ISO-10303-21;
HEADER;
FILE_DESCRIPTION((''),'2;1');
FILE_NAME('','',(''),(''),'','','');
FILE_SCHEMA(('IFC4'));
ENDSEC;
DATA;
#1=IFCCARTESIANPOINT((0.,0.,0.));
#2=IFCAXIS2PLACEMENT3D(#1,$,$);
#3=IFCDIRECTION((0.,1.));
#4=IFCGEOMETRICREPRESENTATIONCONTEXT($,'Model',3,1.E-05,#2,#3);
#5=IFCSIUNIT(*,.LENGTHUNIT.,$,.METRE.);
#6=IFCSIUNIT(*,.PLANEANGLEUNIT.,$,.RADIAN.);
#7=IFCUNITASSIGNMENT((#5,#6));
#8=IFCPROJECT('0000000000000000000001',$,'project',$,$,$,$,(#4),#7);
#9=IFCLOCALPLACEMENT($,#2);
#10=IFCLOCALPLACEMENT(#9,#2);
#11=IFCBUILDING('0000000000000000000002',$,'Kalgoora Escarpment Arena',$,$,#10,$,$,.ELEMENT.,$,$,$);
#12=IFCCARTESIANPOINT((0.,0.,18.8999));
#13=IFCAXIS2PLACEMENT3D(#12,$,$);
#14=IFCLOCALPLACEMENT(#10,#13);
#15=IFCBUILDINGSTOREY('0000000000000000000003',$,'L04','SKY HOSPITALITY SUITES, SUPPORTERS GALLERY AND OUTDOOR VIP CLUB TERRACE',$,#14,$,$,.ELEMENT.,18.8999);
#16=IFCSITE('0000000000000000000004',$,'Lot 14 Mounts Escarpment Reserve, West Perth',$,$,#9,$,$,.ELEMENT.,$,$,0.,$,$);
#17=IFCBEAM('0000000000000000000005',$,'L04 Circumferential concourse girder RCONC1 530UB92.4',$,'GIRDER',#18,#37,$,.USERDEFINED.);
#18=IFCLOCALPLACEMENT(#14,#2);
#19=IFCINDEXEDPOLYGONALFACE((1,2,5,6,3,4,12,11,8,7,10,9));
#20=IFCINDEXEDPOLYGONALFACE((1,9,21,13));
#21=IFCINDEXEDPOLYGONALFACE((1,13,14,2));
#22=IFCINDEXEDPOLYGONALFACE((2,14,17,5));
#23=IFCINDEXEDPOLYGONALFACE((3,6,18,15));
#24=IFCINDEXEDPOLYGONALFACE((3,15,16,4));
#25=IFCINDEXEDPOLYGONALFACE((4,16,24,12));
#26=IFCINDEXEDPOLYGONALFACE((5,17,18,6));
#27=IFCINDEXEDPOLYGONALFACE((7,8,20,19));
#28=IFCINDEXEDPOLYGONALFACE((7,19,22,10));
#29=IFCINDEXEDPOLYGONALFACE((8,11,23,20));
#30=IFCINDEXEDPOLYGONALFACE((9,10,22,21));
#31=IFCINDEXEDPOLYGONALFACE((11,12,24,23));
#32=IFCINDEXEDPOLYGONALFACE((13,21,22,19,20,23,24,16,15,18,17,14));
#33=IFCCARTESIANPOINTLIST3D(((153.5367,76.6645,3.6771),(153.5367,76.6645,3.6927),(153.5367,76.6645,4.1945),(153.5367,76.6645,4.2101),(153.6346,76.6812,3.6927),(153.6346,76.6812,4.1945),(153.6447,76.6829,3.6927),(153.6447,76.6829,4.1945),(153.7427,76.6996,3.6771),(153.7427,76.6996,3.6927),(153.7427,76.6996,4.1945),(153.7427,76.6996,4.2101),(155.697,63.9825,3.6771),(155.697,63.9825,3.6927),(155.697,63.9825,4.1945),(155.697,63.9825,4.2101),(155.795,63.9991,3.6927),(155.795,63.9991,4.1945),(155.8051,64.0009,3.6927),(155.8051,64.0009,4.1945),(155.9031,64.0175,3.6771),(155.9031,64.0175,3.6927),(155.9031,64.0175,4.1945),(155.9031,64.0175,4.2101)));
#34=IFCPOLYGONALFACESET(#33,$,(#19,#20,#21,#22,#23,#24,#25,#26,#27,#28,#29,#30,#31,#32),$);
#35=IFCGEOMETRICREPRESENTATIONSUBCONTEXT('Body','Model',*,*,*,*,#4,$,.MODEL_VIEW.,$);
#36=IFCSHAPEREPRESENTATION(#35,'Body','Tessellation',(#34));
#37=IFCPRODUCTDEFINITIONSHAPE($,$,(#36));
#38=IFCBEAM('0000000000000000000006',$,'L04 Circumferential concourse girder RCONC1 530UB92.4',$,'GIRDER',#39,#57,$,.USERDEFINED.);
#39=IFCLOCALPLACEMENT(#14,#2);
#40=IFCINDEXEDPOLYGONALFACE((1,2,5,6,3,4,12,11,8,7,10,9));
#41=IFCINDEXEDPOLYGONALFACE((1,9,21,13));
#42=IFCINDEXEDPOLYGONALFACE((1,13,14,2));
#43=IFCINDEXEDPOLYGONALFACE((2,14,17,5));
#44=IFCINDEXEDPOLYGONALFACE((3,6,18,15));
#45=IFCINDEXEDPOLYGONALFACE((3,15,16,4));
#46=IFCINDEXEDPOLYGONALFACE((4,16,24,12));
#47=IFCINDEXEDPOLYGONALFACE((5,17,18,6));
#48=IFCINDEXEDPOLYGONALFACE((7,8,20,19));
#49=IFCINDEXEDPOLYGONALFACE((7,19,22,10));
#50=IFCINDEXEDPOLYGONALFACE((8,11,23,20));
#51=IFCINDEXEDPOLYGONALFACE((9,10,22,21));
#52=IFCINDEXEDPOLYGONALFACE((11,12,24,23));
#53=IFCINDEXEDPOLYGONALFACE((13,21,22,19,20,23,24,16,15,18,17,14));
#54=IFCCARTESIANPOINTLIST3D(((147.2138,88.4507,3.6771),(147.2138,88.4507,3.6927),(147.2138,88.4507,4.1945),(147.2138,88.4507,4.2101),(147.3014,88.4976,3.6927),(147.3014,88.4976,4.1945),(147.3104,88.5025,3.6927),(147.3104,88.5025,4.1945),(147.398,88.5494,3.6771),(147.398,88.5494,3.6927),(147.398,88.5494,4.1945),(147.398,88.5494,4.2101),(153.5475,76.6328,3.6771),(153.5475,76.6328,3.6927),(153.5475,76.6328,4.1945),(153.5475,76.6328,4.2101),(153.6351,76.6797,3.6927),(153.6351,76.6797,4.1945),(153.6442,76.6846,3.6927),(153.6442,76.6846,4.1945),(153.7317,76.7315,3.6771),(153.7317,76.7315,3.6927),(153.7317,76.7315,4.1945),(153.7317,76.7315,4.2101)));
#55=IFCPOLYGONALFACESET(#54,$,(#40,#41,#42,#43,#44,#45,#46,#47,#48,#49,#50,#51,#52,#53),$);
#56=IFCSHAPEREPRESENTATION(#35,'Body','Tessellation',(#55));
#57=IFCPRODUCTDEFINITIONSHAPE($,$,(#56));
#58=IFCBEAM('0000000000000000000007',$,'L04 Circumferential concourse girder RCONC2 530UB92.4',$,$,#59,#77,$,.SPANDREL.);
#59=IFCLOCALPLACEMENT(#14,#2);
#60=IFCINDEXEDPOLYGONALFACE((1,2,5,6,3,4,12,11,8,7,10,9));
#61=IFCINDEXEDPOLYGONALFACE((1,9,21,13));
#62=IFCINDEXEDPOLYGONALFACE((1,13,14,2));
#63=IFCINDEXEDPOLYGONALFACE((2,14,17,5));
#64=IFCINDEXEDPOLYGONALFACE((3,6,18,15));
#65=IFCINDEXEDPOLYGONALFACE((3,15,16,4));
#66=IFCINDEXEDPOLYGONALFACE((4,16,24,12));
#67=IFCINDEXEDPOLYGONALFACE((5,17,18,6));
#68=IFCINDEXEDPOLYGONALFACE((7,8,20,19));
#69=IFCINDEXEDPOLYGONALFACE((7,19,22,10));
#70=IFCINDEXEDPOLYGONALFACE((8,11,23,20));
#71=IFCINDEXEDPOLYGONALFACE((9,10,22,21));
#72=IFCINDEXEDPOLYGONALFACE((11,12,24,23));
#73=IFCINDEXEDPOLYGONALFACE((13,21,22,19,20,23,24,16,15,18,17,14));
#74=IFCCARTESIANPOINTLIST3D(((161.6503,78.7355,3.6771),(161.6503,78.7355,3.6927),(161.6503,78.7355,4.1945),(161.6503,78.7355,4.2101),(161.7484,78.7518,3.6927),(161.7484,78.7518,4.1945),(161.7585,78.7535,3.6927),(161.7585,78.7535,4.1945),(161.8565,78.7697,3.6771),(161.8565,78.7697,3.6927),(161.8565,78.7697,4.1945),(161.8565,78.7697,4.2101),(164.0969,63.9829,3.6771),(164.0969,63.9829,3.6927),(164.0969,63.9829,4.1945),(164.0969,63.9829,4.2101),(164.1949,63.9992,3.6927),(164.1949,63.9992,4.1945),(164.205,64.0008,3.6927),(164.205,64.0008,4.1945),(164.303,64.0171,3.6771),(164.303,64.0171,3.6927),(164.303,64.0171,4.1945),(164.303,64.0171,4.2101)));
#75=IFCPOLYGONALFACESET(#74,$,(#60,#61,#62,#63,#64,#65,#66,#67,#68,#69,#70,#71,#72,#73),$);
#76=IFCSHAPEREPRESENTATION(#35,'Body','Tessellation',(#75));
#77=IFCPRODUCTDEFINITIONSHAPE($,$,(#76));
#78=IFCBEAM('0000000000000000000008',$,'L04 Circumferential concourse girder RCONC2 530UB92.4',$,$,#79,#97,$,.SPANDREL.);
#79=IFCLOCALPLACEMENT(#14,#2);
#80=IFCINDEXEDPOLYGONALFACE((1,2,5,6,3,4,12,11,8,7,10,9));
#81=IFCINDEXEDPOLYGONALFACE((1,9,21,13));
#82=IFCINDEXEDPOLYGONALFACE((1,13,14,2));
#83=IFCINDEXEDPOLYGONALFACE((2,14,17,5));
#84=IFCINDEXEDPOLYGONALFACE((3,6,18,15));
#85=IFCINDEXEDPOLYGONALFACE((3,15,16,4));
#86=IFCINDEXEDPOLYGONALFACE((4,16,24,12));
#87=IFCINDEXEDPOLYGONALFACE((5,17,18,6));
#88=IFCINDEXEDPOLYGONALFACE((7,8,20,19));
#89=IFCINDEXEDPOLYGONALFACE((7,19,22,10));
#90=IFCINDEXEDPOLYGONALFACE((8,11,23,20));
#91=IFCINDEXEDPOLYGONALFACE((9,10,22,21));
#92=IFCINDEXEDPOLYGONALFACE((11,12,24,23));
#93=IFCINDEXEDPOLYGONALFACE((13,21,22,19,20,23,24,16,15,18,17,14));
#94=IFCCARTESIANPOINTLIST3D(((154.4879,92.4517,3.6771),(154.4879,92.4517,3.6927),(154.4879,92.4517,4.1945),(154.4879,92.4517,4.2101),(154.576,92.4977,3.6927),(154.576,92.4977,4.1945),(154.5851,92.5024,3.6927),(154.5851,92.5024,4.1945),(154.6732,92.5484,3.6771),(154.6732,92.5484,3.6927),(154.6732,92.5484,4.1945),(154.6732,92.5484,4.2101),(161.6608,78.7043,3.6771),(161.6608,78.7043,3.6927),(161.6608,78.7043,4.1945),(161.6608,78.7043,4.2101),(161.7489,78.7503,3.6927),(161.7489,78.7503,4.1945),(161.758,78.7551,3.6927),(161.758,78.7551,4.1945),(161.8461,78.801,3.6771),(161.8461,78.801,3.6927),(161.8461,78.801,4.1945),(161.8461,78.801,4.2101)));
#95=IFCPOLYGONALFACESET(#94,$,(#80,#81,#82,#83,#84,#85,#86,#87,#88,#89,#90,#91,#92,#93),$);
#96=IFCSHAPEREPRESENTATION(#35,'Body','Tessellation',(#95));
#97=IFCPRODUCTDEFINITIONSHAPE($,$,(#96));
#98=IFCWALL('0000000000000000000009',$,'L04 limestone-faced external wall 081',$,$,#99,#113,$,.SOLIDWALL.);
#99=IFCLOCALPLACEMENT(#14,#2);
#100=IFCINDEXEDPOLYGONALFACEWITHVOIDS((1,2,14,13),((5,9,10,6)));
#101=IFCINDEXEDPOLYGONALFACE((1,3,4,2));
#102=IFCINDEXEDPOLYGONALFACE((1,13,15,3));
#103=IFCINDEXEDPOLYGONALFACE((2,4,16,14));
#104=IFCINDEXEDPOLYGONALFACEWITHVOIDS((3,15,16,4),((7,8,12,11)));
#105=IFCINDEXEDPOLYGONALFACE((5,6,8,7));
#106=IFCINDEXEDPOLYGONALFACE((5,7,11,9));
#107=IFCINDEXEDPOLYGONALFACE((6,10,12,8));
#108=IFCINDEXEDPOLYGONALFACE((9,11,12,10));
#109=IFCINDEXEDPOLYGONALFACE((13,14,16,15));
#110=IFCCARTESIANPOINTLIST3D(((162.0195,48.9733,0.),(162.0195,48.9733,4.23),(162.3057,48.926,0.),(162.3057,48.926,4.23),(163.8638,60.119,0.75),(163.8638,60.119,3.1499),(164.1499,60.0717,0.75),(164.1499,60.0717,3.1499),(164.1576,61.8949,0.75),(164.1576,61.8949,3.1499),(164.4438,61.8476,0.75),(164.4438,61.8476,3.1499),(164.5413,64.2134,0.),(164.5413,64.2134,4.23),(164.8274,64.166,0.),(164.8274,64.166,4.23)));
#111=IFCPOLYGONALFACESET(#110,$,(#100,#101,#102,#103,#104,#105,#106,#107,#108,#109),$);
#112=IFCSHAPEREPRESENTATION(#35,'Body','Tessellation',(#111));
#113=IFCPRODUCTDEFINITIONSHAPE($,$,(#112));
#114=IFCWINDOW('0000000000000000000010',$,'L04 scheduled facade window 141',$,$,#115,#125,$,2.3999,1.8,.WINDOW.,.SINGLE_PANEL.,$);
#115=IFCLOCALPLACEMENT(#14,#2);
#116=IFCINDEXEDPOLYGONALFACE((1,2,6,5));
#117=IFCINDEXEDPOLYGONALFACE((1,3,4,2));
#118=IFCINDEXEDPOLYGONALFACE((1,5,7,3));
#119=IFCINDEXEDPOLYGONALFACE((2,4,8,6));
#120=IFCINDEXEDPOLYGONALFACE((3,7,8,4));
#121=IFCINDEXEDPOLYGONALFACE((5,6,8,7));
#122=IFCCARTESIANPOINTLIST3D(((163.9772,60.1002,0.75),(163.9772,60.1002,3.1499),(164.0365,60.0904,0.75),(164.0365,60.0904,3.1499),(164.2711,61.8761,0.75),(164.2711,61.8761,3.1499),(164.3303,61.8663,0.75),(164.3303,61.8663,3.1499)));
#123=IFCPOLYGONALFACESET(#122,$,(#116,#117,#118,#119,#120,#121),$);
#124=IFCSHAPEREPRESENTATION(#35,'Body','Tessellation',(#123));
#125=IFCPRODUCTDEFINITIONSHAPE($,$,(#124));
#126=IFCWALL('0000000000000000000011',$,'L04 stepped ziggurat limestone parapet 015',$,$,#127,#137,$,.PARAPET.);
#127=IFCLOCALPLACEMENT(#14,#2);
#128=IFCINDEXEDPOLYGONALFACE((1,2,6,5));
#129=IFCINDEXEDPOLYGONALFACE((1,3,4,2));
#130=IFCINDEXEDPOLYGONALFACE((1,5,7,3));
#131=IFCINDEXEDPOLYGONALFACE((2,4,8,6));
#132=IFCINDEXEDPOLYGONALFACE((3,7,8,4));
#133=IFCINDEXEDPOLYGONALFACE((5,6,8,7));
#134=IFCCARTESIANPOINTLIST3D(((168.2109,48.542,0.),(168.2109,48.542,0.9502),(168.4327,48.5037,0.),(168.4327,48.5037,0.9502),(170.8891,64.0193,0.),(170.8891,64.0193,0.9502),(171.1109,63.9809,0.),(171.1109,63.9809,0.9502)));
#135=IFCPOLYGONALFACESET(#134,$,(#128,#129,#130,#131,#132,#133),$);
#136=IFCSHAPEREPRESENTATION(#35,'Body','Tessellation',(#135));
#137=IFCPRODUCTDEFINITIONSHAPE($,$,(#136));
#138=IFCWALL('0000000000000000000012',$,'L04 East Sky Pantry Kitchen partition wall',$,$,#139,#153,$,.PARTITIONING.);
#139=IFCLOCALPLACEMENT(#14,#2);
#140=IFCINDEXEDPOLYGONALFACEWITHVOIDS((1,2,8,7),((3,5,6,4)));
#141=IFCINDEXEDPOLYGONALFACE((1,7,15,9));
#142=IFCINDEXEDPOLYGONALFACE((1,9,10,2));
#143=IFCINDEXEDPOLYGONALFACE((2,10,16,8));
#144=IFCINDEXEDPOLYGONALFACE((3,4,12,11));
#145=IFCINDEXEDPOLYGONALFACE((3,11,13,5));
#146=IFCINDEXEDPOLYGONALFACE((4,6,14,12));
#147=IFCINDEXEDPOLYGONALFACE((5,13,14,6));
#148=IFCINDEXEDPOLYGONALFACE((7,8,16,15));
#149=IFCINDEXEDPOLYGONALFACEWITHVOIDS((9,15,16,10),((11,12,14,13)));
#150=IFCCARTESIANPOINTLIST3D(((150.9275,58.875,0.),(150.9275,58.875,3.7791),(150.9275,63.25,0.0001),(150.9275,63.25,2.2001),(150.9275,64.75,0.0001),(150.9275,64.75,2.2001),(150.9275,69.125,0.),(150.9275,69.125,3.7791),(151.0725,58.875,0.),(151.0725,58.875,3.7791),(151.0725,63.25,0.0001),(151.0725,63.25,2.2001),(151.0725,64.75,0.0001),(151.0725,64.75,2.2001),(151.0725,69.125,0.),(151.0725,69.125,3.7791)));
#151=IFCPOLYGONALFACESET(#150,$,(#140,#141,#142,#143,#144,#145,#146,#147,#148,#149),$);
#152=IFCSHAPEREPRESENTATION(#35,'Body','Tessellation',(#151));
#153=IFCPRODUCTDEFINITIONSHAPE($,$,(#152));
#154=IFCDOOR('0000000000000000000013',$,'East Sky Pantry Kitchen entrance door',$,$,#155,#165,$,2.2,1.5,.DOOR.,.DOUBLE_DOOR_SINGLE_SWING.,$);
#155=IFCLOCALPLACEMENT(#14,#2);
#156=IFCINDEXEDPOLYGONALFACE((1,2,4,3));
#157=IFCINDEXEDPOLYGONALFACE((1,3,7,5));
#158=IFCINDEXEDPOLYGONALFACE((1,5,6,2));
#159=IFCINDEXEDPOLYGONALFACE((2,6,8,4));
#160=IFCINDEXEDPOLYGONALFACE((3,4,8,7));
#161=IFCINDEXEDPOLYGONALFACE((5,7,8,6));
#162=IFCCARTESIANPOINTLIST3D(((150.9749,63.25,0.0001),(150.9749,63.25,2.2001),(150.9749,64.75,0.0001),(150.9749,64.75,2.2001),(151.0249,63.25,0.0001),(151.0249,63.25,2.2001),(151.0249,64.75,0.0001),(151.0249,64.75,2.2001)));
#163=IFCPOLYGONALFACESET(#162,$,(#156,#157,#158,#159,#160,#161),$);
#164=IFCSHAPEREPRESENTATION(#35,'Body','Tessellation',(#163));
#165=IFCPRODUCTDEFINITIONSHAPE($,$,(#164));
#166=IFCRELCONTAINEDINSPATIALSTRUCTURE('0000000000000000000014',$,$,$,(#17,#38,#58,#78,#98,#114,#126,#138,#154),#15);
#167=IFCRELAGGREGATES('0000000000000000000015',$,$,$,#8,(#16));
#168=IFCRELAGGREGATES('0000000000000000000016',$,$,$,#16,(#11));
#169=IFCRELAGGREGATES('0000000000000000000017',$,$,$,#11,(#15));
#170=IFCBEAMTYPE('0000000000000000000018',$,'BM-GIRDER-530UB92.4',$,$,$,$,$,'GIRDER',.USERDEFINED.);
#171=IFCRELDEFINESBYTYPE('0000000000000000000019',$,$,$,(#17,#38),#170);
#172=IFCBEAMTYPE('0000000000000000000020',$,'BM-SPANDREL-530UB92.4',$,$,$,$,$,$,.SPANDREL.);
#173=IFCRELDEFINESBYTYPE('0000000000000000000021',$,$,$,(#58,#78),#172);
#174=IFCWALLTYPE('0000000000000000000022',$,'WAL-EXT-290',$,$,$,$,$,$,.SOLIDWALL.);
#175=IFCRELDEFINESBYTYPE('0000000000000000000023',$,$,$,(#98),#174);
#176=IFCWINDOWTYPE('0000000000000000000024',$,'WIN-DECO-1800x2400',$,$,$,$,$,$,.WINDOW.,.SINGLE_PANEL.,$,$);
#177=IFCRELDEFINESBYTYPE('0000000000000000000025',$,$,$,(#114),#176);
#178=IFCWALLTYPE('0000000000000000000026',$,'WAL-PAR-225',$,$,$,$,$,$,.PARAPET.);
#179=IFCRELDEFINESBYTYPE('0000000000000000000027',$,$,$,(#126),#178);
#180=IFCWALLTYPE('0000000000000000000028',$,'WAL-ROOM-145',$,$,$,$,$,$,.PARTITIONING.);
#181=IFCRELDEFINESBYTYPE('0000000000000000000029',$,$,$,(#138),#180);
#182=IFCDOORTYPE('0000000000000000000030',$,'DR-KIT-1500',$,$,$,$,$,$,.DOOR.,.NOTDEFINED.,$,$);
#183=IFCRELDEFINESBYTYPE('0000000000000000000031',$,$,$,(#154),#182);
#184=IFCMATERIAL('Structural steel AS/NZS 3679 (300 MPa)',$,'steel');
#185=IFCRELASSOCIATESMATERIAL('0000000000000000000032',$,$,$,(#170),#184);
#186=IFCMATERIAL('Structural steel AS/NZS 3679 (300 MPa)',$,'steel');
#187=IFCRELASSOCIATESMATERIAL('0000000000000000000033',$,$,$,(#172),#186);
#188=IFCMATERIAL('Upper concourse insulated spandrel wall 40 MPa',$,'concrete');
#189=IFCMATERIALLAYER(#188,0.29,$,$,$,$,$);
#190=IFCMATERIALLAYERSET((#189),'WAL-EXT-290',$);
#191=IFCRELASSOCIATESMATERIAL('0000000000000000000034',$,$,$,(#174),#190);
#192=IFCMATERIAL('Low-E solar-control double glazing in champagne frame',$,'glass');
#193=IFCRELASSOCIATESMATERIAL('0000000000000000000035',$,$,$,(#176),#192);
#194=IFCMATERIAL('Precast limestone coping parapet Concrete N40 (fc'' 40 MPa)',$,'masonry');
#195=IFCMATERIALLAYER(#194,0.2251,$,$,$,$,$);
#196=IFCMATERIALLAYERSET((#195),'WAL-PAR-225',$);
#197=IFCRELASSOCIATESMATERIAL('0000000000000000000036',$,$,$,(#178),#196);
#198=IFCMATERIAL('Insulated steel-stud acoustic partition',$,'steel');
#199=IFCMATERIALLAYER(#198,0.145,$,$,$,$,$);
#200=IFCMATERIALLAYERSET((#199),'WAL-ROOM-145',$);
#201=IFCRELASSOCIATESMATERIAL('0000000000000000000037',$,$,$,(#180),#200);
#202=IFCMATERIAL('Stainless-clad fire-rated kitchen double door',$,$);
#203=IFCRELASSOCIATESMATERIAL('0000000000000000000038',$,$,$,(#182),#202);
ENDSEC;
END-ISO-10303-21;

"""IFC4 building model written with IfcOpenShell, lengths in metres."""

from ifc_helpers import new_model, si_unit, direction, frame, frame_2d, origin, origin_2d, place, context, subcontext, project, spatial, rectangle, i_section, extrude, material, layer, layer_set, material_profile, profile_set, type_object, element, fill, save


model = new_model("IFC4")

# Units and contexts
model_context = context("Model", 3, precision=1e-05, world=origin(), true_north=direction((0.0, 1.0)))
body_context = subcontext(model_context, "Body", "Model", "MODEL_VIEW")
ifc_project = project(units=[si_unit("LENGTHUNIT", "METRE"), si_unit("PLANEANGLEUNIT", "RADIAN")], contexts=[model_context])

# Site, building, storey
site_placement = place(None, origin())
site = spatial("IfcSite", under=ifc_project, at=site_placement, Name="Lot 14 Mounts Escarpment Reserve, West Perth", CompositionType="ELEMENT", RefElevation=0.0)
building_placement = place(site_placement, origin())
building = spatial("IfcBuilding", under=site, at=building_placement, Name="Kalgoora Escarpment Arena", CompositionType="ELEMENT")
storey_placement = place(building_placement, frame((0.0, 0.0, 18.8999)))
storey = spatial("IfcBuildingStorey", under=building, at=storey_placement, Name="L04", Description="SKY HOSPITALITY SUITES, SUPPORTERS GALLERY AND OUTDOOR VIP CLUB TERRACE", CompositionType="ELEMENT", Elevation=18.8999)

# Beams
ifc_material_1 = material(Name="Structural steel AS/NZS 3679 (300 MPa)", Category="steel")
ifc_material_profile_1 = material_profile(ifc_material_1, i_section(OverallWidth=0.209, OverallDepth=0.533, WebThickness=0.0103, FlangeThickness=0.0156, at=origin_2d()))
ifc_profile_set_1 = profile_set([ifc_material_profile_1], Name="Structural steel AS/NZS 3679 (300 MPa)")
beam_type_1 = type_object("IfcBeamType", Name="BM-GIRDER-530UB92.4", ElementType="GIRDER", PredefinedType="USERDEFINED", material=ifc_profile_set_1)
beam_1_placement = place(storey_placement, frame((155.8, 64.0, 3.9436), z_axis=(-0.167931, 0.985799, 0.0), x_axis=(-0.985799, -0.167931, 0.0)))
element("IfcBeam", 1, at=beam_1_placement, inside=storey, type_object=beam_type_1, Name="L04 Circumferential concourse girder RCONC1 530UB92.4", ObjectType="GIRDER", PredefinedType="USERDEFINED", context=body_context, shape_type="SweptSolid", body=[
    extrude(i_section(OverallWidth=0.209, OverallDepth=0.533, WebThickness=0.0103, FlangeThickness=0.0156, at=origin_2d()), origin(), (0.0, 0.0, 1.0), 12.8647),
])
beam_2_placement = place(storey_placement, frame((153.6396, 76.6821, 3.9436), z_axis=(-0.47238, 0.881395, 0.0), x_axis=(-0.881395, -0.47238, 0.0)))
element("IfcBeam", 2, at=beam_2_placement, inside=storey, type_object=beam_type_1, Name="L04 Circumferential concourse girder RCONC1 530UB92.4", ObjectType="GIRDER", PredefinedType="USERDEFINED", context=body_context, shape_type="SweptSolid", body=[
    extrude(i_section(OverallWidth=0.209, OverallDepth=0.533, WebThickness=0.0103, FlangeThickness=0.0156, at=origin_2d()), origin(), (0.0, 0.0, 1.0), 13.4082),
])
ifc_material_2 = material(Name="Structural steel AS/NZS 3679 (300 MPa)", Category="steel")
ifc_material_profile_2 = material_profile(ifc_material_2, i_section(OverallWidth=0.209, OverallDepth=0.533, WebThickness=0.0103, FlangeThickness=0.0156, at=origin_2d()))
ifc_profile_set_2 = profile_set([ifc_material_profile_2], Name="Structural steel AS/NZS 3679 (300 MPa)")
beam_type_2 = type_object("IfcBeamType", Name="BM-SPANDREL-530UB92.4", PredefinedType="SPANDREL", material=ifc_profile_set_2)
beam_3_placement = place(storey_placement, frame((164.2, 64.0, 3.9436), z_axis=(-0.163602, 0.986526, 0.0), x_axis=(-0.986526, -0.163602, 0.0)))
element("IfcBeam", 3, at=beam_3_placement, inside=storey, type_object=beam_type_2, Name="L04 Circumferential concourse girder RCONC2 530UB92.4", PredefinedType="SPANDREL", context=body_context, shape_type="SweptSolid", body=[
    extrude(i_section(OverallWidth=0.209, OverallDepth=0.533, WebThickness=0.0103, FlangeThickness=0.0156, at=origin_2d()), origin(), (0.0, 0.0, 1.0), 14.9541),
])
beam_4_placement = place(storey_placement, frame((161.7534, 78.7527, 3.9436), z_axis=(-0.462583, 0.886576, 0.0), x_axis=(-0.886576, -0.462583, 0.0)))
element("IfcBeam", 4, at=beam_4_placement, inside=storey, type_object=beam_type_2, Name="L04 Circumferential concourse girder RCONC2 530UB92.4", PredefinedType="SPANDREL", context=body_context, shape_type="SweptSolid", body=[
    extrude(i_section(OverallWidth=0.209, OverallDepth=0.533, WebThickness=0.0103, FlangeThickness=0.0156, at=origin_2d()), origin(), (0.0, 0.0, 1.0), 15.5061),
])

# Wall, opening, window
ifc_material_3 = material(Name="Upper concourse insulated spandrel wall 40 MPa", Category="concrete")
ifc_layer_1 = layer(ifc_material_3, 0.29)
ifc_layer_set_1 = layer_set([ifc_layer_1], Name="WAL-EXT-290")
wall_type_1 = type_object("IfcWallType", Name="WAL-EXT-290", PredefinedType="SOLIDWALL", material=ifc_layer_set_1)
wall_1_placement = place(storey_placement, frame((164.6843, 64.1897, 0.0), z_axis=(0.0, 0.0, 1.0), x_axis=(-0.163248, -0.986585, 0.0)))
wall_1 = element("IfcWall", 5, at=wall_1_placement, inside=storey, type_object=wall_type_1, Name="L04 limestone-faced external wall 081", PredefinedType="SOLIDWALL", context=body_context, shape_type="SweptSolid", body=[
    extrude(rectangle(XDim=15.4473, YDim=0.29, at=frame_2d((7.7236, 0.0))), origin(), (0.0, 0.0, 1.0), 4.23),
])
opening_1_placement = place(wall_1_placement, frame((2.3501, 0.0, 0.75)))
opening_1 = element("IfcOpeningElement", 6, at=opening_1_placement, cuts=wall_1, PredefinedType="OPENING", context=body_context, shape_type="SweptSolid", body=[
    extrude(rectangle(XDim=1.8, YDim=2.3999, at=frame_2d((0.8999, 1.2))), frame((0.0, 0.155, 0.0), z_axis=(0.0, -1.0, 0.0), x_axis=(1.0, 0.0, 0.0)), (0.0, 0.0, 1.0), 0.3101),
])
ifc_material_4 = material(Name="Low-E solar-control double glazing in champagne frame", Category="glass")
window_type = type_object("IfcWindowType", Name="WIN-DECO-1800x2400", PartitioningType="SINGLE_PANEL", PredefinedType="WINDOW", material=ifc_material_4)
window_placement = place(opening_1_placement, origin())
window = element("IfcWindow", 7, at=window_placement, inside=storey, type_object=window_type, Name="L04 scheduled facade window 141", OverallHeight=2.3999, OverallWidth=1.8, PartitioningType="SINGLE_PANEL", PredefinedType="WINDOW", context=body_context, shape_type="SweptSolid", body=[
    extrude(rectangle(XDim=1.8, YDim=2.3999, at=frame_2d((0.8999, 1.2))), frame((0.0, 0.03, 0.0), z_axis=(0.0, -1.0, 0.0), x_axis=(1.0, 0.0, 0.0)), (0.0, 0.0, 1.0), 0.0601),
])
fill(opening_1, window)

# Wall
ifc_material_5 = material(Name="Precast limestone coping parapet Concrete N40 (fc' 40 MPa)", Category="masonry")
ifc_layer_2 = layer(ifc_material_5, 0.2251)
ifc_layer_set_2 = layer_set([ifc_layer_2], Name="WAL-PAR-225")
wall_type_2 = type_object("IfcWallType", Name="WAL-PAR-225", PredefinedType="PARAPET", material=ifc_layer_set_2)
wall_2_placement = place(storey_placement, frame((171.0, 64.0, 0.0), z_axis=(0.0, 0.0, 1.0), x_axis=(-0.170508, -0.985356, 0.0)))
element("IfcWall", 8, at=wall_2_placement, inside=storey, type_object=wall_type_2, Name="L04 stepped ziggurat limestone parapet 015", PredefinedType="PARAPET", context=body_context, shape_type="SweptSolid", body=[
    extrude(rectangle(XDim=15.7073, YDim=0.2251, at=frame_2d((7.8535, 0.0))), origin(), (0.0, 0.0, 1.0), 0.9502),
])

# Wall, opening, door
ifc_material_6 = material(Name="Insulated steel-stud acoustic partition", Category="steel")
ifc_layer_3 = layer(ifc_material_6, 0.145)
ifc_layer_set_3 = layer_set([ifc_layer_3], Name="WAL-ROOM-145")
wall_type_3 = type_object("IfcWallType", Name="WAL-ROOM-145", PredefinedType="PARTITIONING", material=ifc_layer_set_3)
wall_3_placement = place(storey_placement, frame((151.0, 69.125, 0.0), z_axis=(0.0, 0.0, 1.0), x_axis=(0.0, -1.0, 0.0)))
wall_3 = element("IfcWall", 9, at=wall_3_placement, inside=storey, type_object=wall_type_3, Name="L04 East Sky Pantry Kitchen partition wall", PredefinedType="PARTITIONING", context=body_context, shape_type="SweptSolid", body=[
    extrude(rectangle(XDim=10.25, YDim=0.145, at=frame_2d((5.125, 0.0))), origin(), (0.0, 0.0, 1.0), 3.7791),
])
opening_2_placement = place(wall_3_placement, frame((4.375, 0.0, 0.0)))
opening_2 = element("IfcOpeningElement", 10, at=opening_2_placement, cuts=wall_3, PredefinedType="OPENING", context=body_context, shape_type="SweptSolid", body=[
    extrude(rectangle(XDim=1.5, YDim=2.2, at=frame_2d((0.75, 1.1001))), frame((0.0, 0.0825, 0.0), z_axis=(0.0, -1.0, 0.0), x_axis=(1.0, 0.0, 0.0)), (0.0, 0.0, 1.0), 0.165),
])
ifc_material_7 = material(Name="Stainless-clad fire-rated kitchen double door")
door_type_1 = type_object("IfcDoorType", Name="DR-KIT-1500", OperationType="NOTDEFINED", PredefinedType="DOOR", material=ifc_material_7)
door_1_placement = place(opening_2_placement, origin())
door_1 = element("IfcDoor", 11, at=door_1_placement, inside=storey, type_object=door_type_1, Name="East Sky Pantry Kitchen entrance door", OperationType="DOUBLE_DOOR_SINGLE_SWING", OverallHeight=2.2, OverallWidth=1.5, PredefinedType="DOOR", context=body_context, shape_type="SweptSolid", body=[
    extrude(rectangle(XDim=1.5, YDim=2.2, at=frame_2d((0.75, 1.1001))), frame((0.0, 0.0249, 0.0), z_axis=(0.0, -1.0, 0.0), x_axis=(1.0, 0.0, 0.0)), (0.0, 0.0, 1.0), 0.05),
])
fill(opening_2, door_1)

save(model, "model.ifc")
